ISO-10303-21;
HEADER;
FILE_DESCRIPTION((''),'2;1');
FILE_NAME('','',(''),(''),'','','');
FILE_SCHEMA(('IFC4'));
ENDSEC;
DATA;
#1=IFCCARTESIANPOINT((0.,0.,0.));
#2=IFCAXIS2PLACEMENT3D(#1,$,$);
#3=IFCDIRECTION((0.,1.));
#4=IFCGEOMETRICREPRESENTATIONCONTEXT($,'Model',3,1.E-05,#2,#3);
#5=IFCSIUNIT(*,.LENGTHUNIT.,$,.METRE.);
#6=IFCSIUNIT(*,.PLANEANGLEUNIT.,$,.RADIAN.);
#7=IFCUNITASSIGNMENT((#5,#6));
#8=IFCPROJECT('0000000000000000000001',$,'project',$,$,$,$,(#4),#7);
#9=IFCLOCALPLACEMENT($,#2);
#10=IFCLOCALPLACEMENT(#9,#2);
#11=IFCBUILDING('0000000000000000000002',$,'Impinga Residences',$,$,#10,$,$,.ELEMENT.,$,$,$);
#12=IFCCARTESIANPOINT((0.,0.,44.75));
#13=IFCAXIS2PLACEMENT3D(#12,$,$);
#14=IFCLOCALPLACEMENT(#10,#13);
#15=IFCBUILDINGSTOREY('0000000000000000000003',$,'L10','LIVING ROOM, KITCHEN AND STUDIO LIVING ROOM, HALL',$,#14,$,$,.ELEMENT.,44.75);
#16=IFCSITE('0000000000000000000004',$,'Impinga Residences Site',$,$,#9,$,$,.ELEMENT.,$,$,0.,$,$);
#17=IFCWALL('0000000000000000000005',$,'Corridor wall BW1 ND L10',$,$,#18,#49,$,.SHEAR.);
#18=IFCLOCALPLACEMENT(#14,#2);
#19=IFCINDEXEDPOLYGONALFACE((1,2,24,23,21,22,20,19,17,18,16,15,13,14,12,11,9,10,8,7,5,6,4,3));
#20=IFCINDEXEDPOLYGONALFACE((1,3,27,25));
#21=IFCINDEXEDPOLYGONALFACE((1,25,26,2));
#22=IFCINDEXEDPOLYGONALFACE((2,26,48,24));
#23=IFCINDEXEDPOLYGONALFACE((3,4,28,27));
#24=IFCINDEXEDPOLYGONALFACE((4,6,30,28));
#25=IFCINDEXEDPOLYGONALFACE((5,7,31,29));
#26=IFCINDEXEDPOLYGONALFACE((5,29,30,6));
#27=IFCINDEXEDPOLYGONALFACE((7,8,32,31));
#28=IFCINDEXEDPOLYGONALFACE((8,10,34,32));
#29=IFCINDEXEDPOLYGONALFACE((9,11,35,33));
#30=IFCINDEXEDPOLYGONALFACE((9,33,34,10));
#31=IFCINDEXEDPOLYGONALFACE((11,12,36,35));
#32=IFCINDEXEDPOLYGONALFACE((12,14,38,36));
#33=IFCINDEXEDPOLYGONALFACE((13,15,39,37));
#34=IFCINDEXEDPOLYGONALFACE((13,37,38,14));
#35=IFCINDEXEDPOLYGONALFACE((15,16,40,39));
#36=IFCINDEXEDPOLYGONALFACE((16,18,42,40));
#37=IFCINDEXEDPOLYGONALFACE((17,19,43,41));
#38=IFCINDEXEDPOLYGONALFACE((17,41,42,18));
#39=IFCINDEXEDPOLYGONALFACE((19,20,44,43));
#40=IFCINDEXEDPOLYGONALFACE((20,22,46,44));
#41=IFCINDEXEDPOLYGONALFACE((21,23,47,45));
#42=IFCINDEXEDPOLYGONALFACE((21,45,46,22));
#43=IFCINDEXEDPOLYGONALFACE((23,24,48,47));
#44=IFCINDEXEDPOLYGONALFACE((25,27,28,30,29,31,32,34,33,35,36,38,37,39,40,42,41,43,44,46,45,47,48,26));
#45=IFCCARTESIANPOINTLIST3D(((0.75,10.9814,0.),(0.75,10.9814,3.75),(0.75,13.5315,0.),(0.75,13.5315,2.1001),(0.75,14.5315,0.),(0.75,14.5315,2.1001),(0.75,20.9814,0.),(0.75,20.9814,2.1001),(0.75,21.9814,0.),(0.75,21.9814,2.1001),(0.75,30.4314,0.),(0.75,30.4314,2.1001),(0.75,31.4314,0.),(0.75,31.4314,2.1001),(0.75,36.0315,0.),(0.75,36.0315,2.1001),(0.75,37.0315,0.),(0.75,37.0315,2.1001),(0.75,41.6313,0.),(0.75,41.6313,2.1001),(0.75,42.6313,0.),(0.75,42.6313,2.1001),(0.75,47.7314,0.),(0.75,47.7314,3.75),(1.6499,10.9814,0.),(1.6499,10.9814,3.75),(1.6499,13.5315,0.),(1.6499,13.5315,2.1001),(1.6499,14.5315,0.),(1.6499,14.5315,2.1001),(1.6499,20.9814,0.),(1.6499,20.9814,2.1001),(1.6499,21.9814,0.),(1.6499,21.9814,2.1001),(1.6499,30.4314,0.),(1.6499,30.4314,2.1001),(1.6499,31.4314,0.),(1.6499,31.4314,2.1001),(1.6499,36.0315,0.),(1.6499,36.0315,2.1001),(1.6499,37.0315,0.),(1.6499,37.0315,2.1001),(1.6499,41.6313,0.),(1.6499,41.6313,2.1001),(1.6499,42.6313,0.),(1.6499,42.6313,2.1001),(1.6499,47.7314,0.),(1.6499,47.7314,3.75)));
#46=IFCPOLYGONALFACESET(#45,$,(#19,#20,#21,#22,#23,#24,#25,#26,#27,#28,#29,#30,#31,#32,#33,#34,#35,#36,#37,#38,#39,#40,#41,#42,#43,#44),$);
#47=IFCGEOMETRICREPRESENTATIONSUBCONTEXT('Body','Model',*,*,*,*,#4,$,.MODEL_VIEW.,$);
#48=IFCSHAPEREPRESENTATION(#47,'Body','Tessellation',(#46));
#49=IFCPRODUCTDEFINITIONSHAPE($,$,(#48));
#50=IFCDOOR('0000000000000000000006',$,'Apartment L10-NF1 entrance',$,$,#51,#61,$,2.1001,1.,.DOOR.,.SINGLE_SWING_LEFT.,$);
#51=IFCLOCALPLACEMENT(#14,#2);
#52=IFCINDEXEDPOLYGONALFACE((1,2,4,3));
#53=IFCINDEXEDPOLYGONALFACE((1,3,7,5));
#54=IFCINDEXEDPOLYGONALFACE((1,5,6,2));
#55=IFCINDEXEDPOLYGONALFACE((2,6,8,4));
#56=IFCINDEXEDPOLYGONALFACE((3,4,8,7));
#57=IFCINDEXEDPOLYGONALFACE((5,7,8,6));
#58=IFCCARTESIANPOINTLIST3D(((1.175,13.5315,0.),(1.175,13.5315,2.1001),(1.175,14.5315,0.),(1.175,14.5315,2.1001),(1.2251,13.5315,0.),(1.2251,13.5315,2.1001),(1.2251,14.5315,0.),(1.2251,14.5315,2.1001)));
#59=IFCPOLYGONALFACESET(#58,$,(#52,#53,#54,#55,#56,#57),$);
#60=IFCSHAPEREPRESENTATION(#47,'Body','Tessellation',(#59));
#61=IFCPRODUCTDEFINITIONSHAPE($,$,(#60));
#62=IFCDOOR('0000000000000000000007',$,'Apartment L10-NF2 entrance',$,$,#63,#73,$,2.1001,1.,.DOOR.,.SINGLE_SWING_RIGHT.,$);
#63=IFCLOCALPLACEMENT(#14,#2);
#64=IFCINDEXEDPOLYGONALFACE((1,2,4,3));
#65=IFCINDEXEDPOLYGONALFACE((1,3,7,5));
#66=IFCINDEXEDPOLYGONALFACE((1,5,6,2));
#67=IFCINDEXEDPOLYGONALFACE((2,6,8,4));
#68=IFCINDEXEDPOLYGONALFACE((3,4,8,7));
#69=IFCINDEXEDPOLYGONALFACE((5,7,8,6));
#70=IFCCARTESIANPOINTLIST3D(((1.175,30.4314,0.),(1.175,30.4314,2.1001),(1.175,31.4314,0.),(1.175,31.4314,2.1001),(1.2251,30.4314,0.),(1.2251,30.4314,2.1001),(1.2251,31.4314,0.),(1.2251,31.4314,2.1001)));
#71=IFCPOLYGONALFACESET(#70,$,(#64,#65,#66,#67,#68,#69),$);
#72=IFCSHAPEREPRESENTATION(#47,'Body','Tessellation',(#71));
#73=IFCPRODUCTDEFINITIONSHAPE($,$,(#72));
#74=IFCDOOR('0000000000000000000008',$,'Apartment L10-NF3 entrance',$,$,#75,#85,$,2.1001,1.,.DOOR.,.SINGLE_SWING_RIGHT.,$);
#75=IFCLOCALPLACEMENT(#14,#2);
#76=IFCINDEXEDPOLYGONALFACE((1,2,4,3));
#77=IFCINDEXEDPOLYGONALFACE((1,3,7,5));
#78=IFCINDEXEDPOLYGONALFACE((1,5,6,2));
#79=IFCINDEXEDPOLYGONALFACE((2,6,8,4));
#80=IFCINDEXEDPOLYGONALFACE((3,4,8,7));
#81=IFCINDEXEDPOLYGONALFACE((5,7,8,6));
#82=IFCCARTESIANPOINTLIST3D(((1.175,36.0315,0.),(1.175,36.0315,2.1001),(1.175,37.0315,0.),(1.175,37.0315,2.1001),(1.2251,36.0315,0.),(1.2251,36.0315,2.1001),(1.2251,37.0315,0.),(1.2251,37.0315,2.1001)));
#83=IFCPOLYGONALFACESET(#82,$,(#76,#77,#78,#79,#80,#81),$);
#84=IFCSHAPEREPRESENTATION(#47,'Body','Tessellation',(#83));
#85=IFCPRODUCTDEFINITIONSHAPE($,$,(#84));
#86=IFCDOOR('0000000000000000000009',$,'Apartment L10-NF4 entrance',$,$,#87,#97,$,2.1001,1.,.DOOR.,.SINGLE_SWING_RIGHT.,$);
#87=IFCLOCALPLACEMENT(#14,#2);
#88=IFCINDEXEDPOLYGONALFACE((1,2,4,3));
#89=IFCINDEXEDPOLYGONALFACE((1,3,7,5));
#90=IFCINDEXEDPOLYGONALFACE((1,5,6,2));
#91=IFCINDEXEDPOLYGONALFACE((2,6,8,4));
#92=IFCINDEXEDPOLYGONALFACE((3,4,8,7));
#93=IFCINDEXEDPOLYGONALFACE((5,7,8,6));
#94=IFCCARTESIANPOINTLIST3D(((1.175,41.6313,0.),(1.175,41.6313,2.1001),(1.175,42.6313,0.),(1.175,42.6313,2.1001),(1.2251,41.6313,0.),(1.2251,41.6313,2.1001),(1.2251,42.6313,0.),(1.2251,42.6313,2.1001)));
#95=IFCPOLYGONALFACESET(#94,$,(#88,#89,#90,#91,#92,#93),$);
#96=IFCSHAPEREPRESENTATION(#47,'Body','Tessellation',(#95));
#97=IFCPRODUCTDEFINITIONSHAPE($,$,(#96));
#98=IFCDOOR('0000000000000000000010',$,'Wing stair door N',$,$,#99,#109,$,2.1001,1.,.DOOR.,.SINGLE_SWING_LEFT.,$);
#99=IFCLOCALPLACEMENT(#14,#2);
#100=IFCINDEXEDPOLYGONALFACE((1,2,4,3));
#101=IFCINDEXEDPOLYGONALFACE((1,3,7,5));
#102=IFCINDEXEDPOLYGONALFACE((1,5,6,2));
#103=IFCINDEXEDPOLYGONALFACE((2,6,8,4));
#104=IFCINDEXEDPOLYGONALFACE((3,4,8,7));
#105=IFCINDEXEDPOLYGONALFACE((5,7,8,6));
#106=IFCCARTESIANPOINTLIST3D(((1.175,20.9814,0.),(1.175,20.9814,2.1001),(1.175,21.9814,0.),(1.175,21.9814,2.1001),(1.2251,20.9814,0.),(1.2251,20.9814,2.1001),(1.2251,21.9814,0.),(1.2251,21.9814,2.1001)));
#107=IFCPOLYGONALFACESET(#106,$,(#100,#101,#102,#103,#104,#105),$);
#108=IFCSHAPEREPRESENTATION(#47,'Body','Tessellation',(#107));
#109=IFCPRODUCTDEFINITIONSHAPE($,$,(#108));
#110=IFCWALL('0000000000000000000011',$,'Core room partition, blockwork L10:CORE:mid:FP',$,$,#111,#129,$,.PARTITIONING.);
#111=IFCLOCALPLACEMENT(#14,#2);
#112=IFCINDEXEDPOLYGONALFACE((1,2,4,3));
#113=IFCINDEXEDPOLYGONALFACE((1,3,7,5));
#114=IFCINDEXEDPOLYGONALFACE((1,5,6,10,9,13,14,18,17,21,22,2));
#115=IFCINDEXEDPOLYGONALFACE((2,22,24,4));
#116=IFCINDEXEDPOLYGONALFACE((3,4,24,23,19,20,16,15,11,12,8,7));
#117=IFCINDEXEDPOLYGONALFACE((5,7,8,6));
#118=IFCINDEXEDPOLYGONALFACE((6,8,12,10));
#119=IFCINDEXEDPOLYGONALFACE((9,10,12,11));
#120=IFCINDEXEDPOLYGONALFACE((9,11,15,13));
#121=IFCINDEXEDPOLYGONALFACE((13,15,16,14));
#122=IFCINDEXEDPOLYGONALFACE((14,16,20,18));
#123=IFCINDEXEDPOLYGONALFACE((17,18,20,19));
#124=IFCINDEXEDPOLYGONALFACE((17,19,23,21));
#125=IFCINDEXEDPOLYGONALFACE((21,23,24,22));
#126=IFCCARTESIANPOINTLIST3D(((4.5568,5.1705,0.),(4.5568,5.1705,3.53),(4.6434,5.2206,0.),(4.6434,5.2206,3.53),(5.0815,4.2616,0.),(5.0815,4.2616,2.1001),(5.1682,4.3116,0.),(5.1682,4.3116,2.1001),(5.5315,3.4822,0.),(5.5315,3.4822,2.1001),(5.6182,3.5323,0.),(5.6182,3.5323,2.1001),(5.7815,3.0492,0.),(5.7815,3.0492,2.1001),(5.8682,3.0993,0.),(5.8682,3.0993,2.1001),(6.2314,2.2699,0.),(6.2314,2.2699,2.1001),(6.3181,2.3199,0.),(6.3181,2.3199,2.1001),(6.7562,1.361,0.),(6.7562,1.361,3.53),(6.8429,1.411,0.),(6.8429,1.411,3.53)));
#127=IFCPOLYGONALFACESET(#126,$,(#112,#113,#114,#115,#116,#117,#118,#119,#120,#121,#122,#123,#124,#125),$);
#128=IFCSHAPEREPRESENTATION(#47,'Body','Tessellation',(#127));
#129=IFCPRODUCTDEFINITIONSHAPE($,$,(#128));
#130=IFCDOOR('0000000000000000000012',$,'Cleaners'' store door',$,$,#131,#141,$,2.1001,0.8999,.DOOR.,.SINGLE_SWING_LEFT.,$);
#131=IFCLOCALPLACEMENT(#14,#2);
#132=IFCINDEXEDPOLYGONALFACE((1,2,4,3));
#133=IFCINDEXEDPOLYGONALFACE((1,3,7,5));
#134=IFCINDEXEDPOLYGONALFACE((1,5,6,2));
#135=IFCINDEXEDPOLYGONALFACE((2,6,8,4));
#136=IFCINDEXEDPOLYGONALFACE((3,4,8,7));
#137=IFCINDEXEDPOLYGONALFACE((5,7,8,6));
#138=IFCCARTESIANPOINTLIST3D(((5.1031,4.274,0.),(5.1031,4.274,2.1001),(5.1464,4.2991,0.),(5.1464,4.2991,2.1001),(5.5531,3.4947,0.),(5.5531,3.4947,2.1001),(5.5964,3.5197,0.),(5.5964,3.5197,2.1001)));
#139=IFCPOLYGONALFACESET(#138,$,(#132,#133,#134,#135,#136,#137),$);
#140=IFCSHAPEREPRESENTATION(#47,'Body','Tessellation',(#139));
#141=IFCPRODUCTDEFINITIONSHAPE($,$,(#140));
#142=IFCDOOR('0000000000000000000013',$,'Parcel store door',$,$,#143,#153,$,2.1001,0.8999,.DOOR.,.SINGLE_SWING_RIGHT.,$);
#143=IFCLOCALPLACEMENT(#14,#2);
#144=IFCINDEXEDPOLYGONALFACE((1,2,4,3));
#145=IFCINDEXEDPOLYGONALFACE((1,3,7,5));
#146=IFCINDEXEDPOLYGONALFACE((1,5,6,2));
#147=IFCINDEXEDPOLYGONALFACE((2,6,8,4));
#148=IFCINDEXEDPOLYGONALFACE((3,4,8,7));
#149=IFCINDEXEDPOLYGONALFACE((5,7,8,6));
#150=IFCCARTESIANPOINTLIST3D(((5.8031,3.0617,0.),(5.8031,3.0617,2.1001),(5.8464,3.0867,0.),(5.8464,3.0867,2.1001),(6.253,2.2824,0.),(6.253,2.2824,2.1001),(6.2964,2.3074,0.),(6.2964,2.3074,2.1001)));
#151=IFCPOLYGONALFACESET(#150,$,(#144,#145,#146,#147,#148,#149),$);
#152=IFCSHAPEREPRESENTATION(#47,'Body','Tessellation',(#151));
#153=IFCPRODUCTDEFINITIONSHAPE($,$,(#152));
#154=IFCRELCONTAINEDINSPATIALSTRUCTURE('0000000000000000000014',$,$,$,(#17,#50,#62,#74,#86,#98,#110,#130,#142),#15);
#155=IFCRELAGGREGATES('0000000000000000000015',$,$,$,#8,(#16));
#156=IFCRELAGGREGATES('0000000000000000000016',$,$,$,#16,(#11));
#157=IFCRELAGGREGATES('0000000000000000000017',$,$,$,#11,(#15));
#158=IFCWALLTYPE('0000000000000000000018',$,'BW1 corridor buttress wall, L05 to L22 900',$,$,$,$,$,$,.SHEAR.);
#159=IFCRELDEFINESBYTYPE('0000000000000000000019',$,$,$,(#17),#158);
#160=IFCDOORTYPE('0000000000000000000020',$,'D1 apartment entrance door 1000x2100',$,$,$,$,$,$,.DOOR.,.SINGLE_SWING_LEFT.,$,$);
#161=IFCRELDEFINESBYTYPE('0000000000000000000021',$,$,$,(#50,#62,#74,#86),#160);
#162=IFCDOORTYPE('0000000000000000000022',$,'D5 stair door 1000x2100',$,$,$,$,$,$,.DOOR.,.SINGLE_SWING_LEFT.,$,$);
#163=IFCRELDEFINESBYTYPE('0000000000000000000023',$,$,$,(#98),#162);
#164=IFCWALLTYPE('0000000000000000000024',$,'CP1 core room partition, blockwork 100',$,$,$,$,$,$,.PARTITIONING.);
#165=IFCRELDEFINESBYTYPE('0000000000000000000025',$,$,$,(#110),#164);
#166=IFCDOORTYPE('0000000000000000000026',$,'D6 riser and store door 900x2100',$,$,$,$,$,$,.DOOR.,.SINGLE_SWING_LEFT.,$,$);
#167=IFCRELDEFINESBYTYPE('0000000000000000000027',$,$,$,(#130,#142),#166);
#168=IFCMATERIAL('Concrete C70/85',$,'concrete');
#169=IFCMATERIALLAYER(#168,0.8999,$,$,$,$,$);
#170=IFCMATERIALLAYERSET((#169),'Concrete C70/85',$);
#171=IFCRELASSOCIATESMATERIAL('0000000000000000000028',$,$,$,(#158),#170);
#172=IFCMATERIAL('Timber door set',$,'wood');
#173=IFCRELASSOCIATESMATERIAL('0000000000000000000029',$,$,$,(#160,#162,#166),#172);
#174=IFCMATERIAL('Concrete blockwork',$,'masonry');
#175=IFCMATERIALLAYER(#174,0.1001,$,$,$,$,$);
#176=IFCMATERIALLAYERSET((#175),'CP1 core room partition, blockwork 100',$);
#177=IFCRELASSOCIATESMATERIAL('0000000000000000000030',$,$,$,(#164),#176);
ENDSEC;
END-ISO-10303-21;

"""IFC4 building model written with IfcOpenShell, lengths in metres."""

from ifc_helpers import new_model, si_unit, direction, frame, frame_2d, origin, place, context, subcontext, project, spatial, rectangle, extrude, material, layer, layer_set, type_object, element, fill, save


model = new_model("IFC4")

# Units and contexts
model_context = context("Model", 3, precision=1e-05, world=origin(), true_north=direction((0.0, 1.0)))
body_context = subcontext(model_context, "Body", "Model", "MODEL_VIEW")
ifc_project = project(units=[si_unit("LENGTHUNIT", "METRE"), si_unit("PLANEANGLEUNIT", "RADIAN")], contexts=[model_context])

# Site, building, storey
site_placement = place(None, origin())
site = spatial("IfcSite", under=ifc_project, at=site_placement, Name="Impinga Residences Site", CompositionType="ELEMENT", RefElevation=0.0)
building_placement = place(site_placement, origin())
building = spatial("IfcBuilding", under=site, at=building_placement, Name="Impinga Residences", CompositionType="ELEMENT")
storey_placement = place(building_placement, frame((0.0, 0.0, 44.75)))
storey = spatial("IfcBuildingStorey", under=building, at=storey_placement, Name="L10", Description="LIVING ROOM, KITCHEN AND STUDIO LIVING ROOM, HALL", CompositionType="ELEMENT", Elevation=44.75)

# Walls, openings, doors
ifc_material_1 = material(Name="Concrete C70/85", Category="concrete")
ifc_layer_1 = layer(ifc_material_1, 0.8999)
ifc_layer_set_1 = layer_set([ifc_layer_1], Name="Concrete C70/85")
wall_type_1 = type_object("IfcWallType", Name="BW1 corridor buttress wall, L05 to L22 900", PredefinedType="SHEAR", material=ifc_layer_set_1)
wall_1_placement = place(storey_placement, frame((1.2, 10.9814, 0.0), z_axis=(0.0, 0.0, 1.0), x_axis=(0.0, 1.0, 0.0)))
wall_1 = element("IfcWall", 1, at=wall_1_placement, inside=storey, type_object=wall_type_1, Name="Corridor wall BW1 ND L10", PredefinedType="SHEAR", context=body_context, shape_type="SweptSolid", body=[
    extrude(rectangle(XDim=36.75, YDim=0.8999, at=frame_2d((18.375, 0.0))), origin(), (0.0, 0.0, 1.0), 3.75),
])
opening_1_placement = place(wall_1_placement, frame((10.0, 0.0, 0.0)))
opening_1 = element("IfcOpeningElement", 2, at=opening_1_placement, cuts=wall_1, PredefinedType="OPENING", context=body_context, shape_type="SweptSolid", body=[
    extrude(rectangle(XDim=1.0, YDim=2.1001, at=frame_2d((0.5, 1.05))), frame((0.0, 0.46, 0.0), z_axis=(0.0, -1.0, 0.0), x_axis=(1.0, 0.0, 0.0)), (0.0, 0.0, 1.0), 0.9199),
])
opening_2_placement = place(wall_1_placement, frame((2.55, 0.0, 0.0)))
opening_2 = element("IfcOpeningElement", 3, at=opening_2_placement, cuts=wall_1, PredefinedType="OPENING", context=body_context, shape_type="SweptSolid", body=[
    extrude(rectangle(XDim=1.0, YDim=2.1001, at=frame_2d((0.5, 1.05))), frame((0.0, 0.46, 0.0), z_axis=(0.0, -1.0, 0.0), x_axis=(1.0, 0.0, 0.0)), (0.0, 0.0, 1.0), 0.9199),
])
opening_3_placement = place(wall_1_placement, frame((19.45, 0.0, 0.0)))
opening_3 = element("IfcOpeningElement", 4, at=opening_3_placement, cuts=wall_1, PredefinedType="OPENING", context=body_context, shape_type="SweptSolid", body=[
    extrude(rectangle(XDim=1.0, YDim=2.1001, at=frame_2d((0.5, 1.05))), frame((0.0, 0.46, 0.0), z_axis=(0.0, -1.0, 0.0), x_axis=(1.0, 0.0, 0.0)), (0.0, 0.0, 1.0), 0.9199),
])
opening_4_placement = place(wall_1_placement, frame((25.05, 0.0, 0.0)))
opening_4 = element("IfcOpeningElement", 5, at=opening_4_placement, cuts=wall_1, PredefinedType="OPENING", context=body_context, shape_type="SweptSolid", body=[
    extrude(rectangle(XDim=1.0, YDim=2.1001, at=frame_2d((0.5, 1.05))), frame((0.0, 0.46, 0.0), z_axis=(0.0, -1.0, 0.0), x_axis=(1.0, 0.0, 0.0)), (0.0, 0.0, 1.0), 0.9199),
])
opening_5_placement = place(wall_1_placement, frame((30.6499, 0.0, 0.0)))
opening_5 = element("IfcOpeningElement", 6, at=opening_5_placement, cuts=wall_1, PredefinedType="OPENING", context=body_context, shape_type="SweptSolid", body=[
    extrude(rectangle(XDim=1.0, YDim=2.1001, at=frame_2d((0.5, 1.05))), frame((0.0, 0.46, 0.0), z_axis=(0.0, -1.0, 0.0), x_axis=(1.0, 0.0, 0.0)), (0.0, 0.0, 1.0), 0.9199),
])
ifc_material_2 = material(Name="Timber door set", Category="wood")
door_type_1 = type_object("IfcDoorType", Name="D1 apartment entrance door 1000x2100", OperationType="SINGLE_SWING_LEFT", PredefinedType="DOOR", material=ifc_material_2)
door_1_placement = place(opening_2_placement, origin())
door_1 = element("IfcDoor", 7, at=door_1_placement, inside=storey, type_object=door_type_1, Name="Apartment L10-NF1 entrance", OperationType="SINGLE_SWING_LEFT", OverallHeight=2.1001, OverallWidth=1.0, PredefinedType="DOOR", context=body_context, shape_type="SweptSolid", body=[
    extrude(rectangle(XDim=1.0, YDim=2.1001, at=frame_2d((0.5, 1.05))), frame((0.0, 0.0249, 0.0), z_axis=(0.0, -1.0, 0.0), x_axis=(1.0, 0.0, 0.0)), (0.0, 0.0, 1.0), 0.05),
])
fill(opening_2, door_1)
door_2_placement = place(opening_3_placement, origin())
door_2 = element("IfcDoor", 8, at=door_2_placement, inside=storey, type_object=door_type_1, Name="Apartment L10-NF2 entrance", OperationType="SINGLE_SWING_RIGHT", OverallHeight=2.1001, OverallWidth=1.0, PredefinedType="DOOR", context=body_context, shape_type="SweptSolid", body=[
    extrude(rectangle(XDim=1.0, YDim=2.1001, at=frame_2d((0.5, 1.05))), frame((0.0, 0.0249, 0.0), z_axis=(0.0, -1.0, 0.0), x_axis=(1.0, 0.0, 0.0)), (0.0, 0.0, 1.0), 0.05),
])
fill(opening_3, door_2)
door_3_placement = place(opening_4_placement, origin())
door_3 = element("IfcDoor", 9, at=door_3_placement, inside=storey, type_object=door_type_1, Name="Apartment L10-NF3 entrance", OperationType="SINGLE_SWING_RIGHT", OverallHeight=2.1001, OverallWidth=1.0, PredefinedType="DOOR", context=body_context, shape_type="SweptSolid", body=[
    extrude(rectangle(XDim=1.0, YDim=2.1001, at=frame_2d((0.5, 1.05))), frame((0.0, 0.0249, 0.0), z_axis=(0.0, -1.0, 0.0), x_axis=(1.0, 0.0, 0.0)), (0.0, 0.0, 1.0), 0.05),
])
fill(opening_4, door_3)
door_4_placement = place(opening_5_placement, origin())
door_4 = element("IfcDoor", 10, at=door_4_placement, inside=storey, type_object=door_type_1, Name="Apartment L10-NF4 entrance", OperationType="SINGLE_SWING_RIGHT", OverallHeight=2.1001, OverallWidth=1.0, PredefinedType="DOOR", context=body_context, shape_type="SweptSolid", body=[
    extrude(rectangle(XDim=1.0, YDim=2.1001, at=frame_2d((0.5, 1.05))), frame((0.0, 0.0249, 0.0), z_axis=(0.0, -1.0, 0.0), x_axis=(1.0, 0.0, 0.0)), (0.0, 0.0, 1.0), 0.05),
])
fill(opening_5, door_4)
door_type_2 = type_object("IfcDoorType", Name="D5 stair door 1000x2100", OperationType="SINGLE_SWING_LEFT", PredefinedType="DOOR", material=ifc_material_2)
door_5_placement = place(opening_1_placement, origin())
door_5 = element("IfcDoor", 11, at=door_5_placement, inside=storey, type_object=door_type_2, Name="Wing stair door N", OperationType="SINGLE_SWING_LEFT", OverallHeight=2.1001, OverallWidth=1.0, PredefinedType="DOOR", context=body_context, shape_type="SweptSolid", body=[
    extrude(rectangle(XDim=1.0, YDim=2.1001, at=frame_2d((0.5, 1.05))), frame((0.0, 0.0249, 0.0), z_axis=(0.0, -1.0, 0.0), x_axis=(1.0, 0.0, 0.0)), (0.0, 0.0, 1.0), 0.05),
])
fill(opening_1, door_5)
ifc_material_3 = material(Name="Concrete blockwork", Category="masonry")
ifc_layer_2 = layer(ifc_material_3, 0.1001)
ifc_layer_set_2 = layer_set([ifc_layer_2], Name="CP1 core room partition, blockwork 100")
wall_type_2 = type_object("IfcWallType", Name="CP1 core room partition, blockwork 100", PredefinedType="PARTITIONING", material=ifc_layer_set_2)
wall_2_placement = place(storey_placement, frame((4.6001, 5.1956, 0.0), z_axis=(0.0, 0.0, 1.0), x_axis=(0.500001, -0.866025, 0.0)))
wall_2 = element("IfcWall", 12, at=wall_2_placement, inside=storey, type_object=wall_type_2, Name="Core room partition, blockwork L10:CORE:mid:FP", PredefinedType="PARTITIONING", context=body_context, shape_type="SweptSolid", body=[
    extrude(rectangle(XDim=4.3989, YDim=0.1001, at=frame_2d((2.1995, 0.0))), origin(), (0.0, 0.0, 1.0), 3.53),
])
opening_6_placement = place(wall_2_placement, frame((1.0496, 0.0, 0.0)))
opening_6 = element("IfcOpeningElement", 13, at=opening_6_placement, cuts=wall_2, PredefinedType="OPENING", context=body_context, shape_type="SweptSolid", body=[
    extrude(rectangle(XDim=0.8999, YDim=2.1001, at=frame_2d((0.45, 1.05))), frame((0.0, 0.0601, 0.0), z_axis=(0.0, -1.0, 0.0), x_axis=(1.0, 0.0, 0.0)), (0.0, 0.0, 1.0), 0.1201),
])
opening_7_placement = place(wall_2_placement, frame((2.4495, 0.0, 0.0)))
opening_7 = element("IfcOpeningElement", 14, at=opening_7_placement, cuts=wall_2, PredefinedType="OPENING", context=body_context, shape_type="SweptSolid", body=[
    extrude(rectangle(XDim=0.8999, YDim=2.1001, at=frame_2d((0.45, 1.05))), frame((0.0, 0.0601, 0.0), z_axis=(0.0, -1.0, 0.0), x_axis=(1.0, 0.0, 0.0)), (0.0, 0.0, 1.0), 0.1201),
])
door_type_3 = type_object("IfcDoorType", Name="D6 riser and store door 900x2100", OperationType="SINGLE_SWING_LEFT", PredefinedType="DOOR", material=ifc_material_2)
door_6_placement = place(opening_6_placement, origin())
door_6 = element("IfcDoor", 15, at=door_6_placement, inside=storey, type_object=door_type_3, Name="Cleaners' store door", OperationType="SINGLE_SWING_LEFT", OverallHeight=2.1001, OverallWidth=0.8999, PredefinedType="DOOR", context=body_context, shape_type="SweptSolid", body=[
    extrude(rectangle(XDim=0.8999, YDim=2.1001, at=frame_2d((0.45, 1.05))), frame((0.0, 0.0249, 0.0), z_axis=(0.0, -1.0, 0.0), x_axis=(1.0, 0.0, 0.0)), (0.0, 0.0, 1.0), 0.05),
])
fill(opening_6, door_6)
door_7_placement = place(opening_7_placement, origin())
door_7 = element("IfcDoor", 16, at=door_7_placement, inside=storey, type_object=door_type_3, Name="Parcel store door", OperationType="SINGLE_SWING_RIGHT", OverallHeight=2.1001, OverallWidth=0.8999, PredefinedType="DOOR", context=body_context, shape_type="SweptSolid", body=[
    extrude(rectangle(XDim=0.8999, YDim=2.1001, at=frame_2d((0.45, 1.05))), frame((0.0, 0.0249, 0.0), z_axis=(0.0, -1.0, 0.0), x_axis=(1.0, 0.0, 0.0)), (0.0, 0.0, 1.0), 0.05),
])
fill(opening_7, door_7)

save(model, "model.ifc")
